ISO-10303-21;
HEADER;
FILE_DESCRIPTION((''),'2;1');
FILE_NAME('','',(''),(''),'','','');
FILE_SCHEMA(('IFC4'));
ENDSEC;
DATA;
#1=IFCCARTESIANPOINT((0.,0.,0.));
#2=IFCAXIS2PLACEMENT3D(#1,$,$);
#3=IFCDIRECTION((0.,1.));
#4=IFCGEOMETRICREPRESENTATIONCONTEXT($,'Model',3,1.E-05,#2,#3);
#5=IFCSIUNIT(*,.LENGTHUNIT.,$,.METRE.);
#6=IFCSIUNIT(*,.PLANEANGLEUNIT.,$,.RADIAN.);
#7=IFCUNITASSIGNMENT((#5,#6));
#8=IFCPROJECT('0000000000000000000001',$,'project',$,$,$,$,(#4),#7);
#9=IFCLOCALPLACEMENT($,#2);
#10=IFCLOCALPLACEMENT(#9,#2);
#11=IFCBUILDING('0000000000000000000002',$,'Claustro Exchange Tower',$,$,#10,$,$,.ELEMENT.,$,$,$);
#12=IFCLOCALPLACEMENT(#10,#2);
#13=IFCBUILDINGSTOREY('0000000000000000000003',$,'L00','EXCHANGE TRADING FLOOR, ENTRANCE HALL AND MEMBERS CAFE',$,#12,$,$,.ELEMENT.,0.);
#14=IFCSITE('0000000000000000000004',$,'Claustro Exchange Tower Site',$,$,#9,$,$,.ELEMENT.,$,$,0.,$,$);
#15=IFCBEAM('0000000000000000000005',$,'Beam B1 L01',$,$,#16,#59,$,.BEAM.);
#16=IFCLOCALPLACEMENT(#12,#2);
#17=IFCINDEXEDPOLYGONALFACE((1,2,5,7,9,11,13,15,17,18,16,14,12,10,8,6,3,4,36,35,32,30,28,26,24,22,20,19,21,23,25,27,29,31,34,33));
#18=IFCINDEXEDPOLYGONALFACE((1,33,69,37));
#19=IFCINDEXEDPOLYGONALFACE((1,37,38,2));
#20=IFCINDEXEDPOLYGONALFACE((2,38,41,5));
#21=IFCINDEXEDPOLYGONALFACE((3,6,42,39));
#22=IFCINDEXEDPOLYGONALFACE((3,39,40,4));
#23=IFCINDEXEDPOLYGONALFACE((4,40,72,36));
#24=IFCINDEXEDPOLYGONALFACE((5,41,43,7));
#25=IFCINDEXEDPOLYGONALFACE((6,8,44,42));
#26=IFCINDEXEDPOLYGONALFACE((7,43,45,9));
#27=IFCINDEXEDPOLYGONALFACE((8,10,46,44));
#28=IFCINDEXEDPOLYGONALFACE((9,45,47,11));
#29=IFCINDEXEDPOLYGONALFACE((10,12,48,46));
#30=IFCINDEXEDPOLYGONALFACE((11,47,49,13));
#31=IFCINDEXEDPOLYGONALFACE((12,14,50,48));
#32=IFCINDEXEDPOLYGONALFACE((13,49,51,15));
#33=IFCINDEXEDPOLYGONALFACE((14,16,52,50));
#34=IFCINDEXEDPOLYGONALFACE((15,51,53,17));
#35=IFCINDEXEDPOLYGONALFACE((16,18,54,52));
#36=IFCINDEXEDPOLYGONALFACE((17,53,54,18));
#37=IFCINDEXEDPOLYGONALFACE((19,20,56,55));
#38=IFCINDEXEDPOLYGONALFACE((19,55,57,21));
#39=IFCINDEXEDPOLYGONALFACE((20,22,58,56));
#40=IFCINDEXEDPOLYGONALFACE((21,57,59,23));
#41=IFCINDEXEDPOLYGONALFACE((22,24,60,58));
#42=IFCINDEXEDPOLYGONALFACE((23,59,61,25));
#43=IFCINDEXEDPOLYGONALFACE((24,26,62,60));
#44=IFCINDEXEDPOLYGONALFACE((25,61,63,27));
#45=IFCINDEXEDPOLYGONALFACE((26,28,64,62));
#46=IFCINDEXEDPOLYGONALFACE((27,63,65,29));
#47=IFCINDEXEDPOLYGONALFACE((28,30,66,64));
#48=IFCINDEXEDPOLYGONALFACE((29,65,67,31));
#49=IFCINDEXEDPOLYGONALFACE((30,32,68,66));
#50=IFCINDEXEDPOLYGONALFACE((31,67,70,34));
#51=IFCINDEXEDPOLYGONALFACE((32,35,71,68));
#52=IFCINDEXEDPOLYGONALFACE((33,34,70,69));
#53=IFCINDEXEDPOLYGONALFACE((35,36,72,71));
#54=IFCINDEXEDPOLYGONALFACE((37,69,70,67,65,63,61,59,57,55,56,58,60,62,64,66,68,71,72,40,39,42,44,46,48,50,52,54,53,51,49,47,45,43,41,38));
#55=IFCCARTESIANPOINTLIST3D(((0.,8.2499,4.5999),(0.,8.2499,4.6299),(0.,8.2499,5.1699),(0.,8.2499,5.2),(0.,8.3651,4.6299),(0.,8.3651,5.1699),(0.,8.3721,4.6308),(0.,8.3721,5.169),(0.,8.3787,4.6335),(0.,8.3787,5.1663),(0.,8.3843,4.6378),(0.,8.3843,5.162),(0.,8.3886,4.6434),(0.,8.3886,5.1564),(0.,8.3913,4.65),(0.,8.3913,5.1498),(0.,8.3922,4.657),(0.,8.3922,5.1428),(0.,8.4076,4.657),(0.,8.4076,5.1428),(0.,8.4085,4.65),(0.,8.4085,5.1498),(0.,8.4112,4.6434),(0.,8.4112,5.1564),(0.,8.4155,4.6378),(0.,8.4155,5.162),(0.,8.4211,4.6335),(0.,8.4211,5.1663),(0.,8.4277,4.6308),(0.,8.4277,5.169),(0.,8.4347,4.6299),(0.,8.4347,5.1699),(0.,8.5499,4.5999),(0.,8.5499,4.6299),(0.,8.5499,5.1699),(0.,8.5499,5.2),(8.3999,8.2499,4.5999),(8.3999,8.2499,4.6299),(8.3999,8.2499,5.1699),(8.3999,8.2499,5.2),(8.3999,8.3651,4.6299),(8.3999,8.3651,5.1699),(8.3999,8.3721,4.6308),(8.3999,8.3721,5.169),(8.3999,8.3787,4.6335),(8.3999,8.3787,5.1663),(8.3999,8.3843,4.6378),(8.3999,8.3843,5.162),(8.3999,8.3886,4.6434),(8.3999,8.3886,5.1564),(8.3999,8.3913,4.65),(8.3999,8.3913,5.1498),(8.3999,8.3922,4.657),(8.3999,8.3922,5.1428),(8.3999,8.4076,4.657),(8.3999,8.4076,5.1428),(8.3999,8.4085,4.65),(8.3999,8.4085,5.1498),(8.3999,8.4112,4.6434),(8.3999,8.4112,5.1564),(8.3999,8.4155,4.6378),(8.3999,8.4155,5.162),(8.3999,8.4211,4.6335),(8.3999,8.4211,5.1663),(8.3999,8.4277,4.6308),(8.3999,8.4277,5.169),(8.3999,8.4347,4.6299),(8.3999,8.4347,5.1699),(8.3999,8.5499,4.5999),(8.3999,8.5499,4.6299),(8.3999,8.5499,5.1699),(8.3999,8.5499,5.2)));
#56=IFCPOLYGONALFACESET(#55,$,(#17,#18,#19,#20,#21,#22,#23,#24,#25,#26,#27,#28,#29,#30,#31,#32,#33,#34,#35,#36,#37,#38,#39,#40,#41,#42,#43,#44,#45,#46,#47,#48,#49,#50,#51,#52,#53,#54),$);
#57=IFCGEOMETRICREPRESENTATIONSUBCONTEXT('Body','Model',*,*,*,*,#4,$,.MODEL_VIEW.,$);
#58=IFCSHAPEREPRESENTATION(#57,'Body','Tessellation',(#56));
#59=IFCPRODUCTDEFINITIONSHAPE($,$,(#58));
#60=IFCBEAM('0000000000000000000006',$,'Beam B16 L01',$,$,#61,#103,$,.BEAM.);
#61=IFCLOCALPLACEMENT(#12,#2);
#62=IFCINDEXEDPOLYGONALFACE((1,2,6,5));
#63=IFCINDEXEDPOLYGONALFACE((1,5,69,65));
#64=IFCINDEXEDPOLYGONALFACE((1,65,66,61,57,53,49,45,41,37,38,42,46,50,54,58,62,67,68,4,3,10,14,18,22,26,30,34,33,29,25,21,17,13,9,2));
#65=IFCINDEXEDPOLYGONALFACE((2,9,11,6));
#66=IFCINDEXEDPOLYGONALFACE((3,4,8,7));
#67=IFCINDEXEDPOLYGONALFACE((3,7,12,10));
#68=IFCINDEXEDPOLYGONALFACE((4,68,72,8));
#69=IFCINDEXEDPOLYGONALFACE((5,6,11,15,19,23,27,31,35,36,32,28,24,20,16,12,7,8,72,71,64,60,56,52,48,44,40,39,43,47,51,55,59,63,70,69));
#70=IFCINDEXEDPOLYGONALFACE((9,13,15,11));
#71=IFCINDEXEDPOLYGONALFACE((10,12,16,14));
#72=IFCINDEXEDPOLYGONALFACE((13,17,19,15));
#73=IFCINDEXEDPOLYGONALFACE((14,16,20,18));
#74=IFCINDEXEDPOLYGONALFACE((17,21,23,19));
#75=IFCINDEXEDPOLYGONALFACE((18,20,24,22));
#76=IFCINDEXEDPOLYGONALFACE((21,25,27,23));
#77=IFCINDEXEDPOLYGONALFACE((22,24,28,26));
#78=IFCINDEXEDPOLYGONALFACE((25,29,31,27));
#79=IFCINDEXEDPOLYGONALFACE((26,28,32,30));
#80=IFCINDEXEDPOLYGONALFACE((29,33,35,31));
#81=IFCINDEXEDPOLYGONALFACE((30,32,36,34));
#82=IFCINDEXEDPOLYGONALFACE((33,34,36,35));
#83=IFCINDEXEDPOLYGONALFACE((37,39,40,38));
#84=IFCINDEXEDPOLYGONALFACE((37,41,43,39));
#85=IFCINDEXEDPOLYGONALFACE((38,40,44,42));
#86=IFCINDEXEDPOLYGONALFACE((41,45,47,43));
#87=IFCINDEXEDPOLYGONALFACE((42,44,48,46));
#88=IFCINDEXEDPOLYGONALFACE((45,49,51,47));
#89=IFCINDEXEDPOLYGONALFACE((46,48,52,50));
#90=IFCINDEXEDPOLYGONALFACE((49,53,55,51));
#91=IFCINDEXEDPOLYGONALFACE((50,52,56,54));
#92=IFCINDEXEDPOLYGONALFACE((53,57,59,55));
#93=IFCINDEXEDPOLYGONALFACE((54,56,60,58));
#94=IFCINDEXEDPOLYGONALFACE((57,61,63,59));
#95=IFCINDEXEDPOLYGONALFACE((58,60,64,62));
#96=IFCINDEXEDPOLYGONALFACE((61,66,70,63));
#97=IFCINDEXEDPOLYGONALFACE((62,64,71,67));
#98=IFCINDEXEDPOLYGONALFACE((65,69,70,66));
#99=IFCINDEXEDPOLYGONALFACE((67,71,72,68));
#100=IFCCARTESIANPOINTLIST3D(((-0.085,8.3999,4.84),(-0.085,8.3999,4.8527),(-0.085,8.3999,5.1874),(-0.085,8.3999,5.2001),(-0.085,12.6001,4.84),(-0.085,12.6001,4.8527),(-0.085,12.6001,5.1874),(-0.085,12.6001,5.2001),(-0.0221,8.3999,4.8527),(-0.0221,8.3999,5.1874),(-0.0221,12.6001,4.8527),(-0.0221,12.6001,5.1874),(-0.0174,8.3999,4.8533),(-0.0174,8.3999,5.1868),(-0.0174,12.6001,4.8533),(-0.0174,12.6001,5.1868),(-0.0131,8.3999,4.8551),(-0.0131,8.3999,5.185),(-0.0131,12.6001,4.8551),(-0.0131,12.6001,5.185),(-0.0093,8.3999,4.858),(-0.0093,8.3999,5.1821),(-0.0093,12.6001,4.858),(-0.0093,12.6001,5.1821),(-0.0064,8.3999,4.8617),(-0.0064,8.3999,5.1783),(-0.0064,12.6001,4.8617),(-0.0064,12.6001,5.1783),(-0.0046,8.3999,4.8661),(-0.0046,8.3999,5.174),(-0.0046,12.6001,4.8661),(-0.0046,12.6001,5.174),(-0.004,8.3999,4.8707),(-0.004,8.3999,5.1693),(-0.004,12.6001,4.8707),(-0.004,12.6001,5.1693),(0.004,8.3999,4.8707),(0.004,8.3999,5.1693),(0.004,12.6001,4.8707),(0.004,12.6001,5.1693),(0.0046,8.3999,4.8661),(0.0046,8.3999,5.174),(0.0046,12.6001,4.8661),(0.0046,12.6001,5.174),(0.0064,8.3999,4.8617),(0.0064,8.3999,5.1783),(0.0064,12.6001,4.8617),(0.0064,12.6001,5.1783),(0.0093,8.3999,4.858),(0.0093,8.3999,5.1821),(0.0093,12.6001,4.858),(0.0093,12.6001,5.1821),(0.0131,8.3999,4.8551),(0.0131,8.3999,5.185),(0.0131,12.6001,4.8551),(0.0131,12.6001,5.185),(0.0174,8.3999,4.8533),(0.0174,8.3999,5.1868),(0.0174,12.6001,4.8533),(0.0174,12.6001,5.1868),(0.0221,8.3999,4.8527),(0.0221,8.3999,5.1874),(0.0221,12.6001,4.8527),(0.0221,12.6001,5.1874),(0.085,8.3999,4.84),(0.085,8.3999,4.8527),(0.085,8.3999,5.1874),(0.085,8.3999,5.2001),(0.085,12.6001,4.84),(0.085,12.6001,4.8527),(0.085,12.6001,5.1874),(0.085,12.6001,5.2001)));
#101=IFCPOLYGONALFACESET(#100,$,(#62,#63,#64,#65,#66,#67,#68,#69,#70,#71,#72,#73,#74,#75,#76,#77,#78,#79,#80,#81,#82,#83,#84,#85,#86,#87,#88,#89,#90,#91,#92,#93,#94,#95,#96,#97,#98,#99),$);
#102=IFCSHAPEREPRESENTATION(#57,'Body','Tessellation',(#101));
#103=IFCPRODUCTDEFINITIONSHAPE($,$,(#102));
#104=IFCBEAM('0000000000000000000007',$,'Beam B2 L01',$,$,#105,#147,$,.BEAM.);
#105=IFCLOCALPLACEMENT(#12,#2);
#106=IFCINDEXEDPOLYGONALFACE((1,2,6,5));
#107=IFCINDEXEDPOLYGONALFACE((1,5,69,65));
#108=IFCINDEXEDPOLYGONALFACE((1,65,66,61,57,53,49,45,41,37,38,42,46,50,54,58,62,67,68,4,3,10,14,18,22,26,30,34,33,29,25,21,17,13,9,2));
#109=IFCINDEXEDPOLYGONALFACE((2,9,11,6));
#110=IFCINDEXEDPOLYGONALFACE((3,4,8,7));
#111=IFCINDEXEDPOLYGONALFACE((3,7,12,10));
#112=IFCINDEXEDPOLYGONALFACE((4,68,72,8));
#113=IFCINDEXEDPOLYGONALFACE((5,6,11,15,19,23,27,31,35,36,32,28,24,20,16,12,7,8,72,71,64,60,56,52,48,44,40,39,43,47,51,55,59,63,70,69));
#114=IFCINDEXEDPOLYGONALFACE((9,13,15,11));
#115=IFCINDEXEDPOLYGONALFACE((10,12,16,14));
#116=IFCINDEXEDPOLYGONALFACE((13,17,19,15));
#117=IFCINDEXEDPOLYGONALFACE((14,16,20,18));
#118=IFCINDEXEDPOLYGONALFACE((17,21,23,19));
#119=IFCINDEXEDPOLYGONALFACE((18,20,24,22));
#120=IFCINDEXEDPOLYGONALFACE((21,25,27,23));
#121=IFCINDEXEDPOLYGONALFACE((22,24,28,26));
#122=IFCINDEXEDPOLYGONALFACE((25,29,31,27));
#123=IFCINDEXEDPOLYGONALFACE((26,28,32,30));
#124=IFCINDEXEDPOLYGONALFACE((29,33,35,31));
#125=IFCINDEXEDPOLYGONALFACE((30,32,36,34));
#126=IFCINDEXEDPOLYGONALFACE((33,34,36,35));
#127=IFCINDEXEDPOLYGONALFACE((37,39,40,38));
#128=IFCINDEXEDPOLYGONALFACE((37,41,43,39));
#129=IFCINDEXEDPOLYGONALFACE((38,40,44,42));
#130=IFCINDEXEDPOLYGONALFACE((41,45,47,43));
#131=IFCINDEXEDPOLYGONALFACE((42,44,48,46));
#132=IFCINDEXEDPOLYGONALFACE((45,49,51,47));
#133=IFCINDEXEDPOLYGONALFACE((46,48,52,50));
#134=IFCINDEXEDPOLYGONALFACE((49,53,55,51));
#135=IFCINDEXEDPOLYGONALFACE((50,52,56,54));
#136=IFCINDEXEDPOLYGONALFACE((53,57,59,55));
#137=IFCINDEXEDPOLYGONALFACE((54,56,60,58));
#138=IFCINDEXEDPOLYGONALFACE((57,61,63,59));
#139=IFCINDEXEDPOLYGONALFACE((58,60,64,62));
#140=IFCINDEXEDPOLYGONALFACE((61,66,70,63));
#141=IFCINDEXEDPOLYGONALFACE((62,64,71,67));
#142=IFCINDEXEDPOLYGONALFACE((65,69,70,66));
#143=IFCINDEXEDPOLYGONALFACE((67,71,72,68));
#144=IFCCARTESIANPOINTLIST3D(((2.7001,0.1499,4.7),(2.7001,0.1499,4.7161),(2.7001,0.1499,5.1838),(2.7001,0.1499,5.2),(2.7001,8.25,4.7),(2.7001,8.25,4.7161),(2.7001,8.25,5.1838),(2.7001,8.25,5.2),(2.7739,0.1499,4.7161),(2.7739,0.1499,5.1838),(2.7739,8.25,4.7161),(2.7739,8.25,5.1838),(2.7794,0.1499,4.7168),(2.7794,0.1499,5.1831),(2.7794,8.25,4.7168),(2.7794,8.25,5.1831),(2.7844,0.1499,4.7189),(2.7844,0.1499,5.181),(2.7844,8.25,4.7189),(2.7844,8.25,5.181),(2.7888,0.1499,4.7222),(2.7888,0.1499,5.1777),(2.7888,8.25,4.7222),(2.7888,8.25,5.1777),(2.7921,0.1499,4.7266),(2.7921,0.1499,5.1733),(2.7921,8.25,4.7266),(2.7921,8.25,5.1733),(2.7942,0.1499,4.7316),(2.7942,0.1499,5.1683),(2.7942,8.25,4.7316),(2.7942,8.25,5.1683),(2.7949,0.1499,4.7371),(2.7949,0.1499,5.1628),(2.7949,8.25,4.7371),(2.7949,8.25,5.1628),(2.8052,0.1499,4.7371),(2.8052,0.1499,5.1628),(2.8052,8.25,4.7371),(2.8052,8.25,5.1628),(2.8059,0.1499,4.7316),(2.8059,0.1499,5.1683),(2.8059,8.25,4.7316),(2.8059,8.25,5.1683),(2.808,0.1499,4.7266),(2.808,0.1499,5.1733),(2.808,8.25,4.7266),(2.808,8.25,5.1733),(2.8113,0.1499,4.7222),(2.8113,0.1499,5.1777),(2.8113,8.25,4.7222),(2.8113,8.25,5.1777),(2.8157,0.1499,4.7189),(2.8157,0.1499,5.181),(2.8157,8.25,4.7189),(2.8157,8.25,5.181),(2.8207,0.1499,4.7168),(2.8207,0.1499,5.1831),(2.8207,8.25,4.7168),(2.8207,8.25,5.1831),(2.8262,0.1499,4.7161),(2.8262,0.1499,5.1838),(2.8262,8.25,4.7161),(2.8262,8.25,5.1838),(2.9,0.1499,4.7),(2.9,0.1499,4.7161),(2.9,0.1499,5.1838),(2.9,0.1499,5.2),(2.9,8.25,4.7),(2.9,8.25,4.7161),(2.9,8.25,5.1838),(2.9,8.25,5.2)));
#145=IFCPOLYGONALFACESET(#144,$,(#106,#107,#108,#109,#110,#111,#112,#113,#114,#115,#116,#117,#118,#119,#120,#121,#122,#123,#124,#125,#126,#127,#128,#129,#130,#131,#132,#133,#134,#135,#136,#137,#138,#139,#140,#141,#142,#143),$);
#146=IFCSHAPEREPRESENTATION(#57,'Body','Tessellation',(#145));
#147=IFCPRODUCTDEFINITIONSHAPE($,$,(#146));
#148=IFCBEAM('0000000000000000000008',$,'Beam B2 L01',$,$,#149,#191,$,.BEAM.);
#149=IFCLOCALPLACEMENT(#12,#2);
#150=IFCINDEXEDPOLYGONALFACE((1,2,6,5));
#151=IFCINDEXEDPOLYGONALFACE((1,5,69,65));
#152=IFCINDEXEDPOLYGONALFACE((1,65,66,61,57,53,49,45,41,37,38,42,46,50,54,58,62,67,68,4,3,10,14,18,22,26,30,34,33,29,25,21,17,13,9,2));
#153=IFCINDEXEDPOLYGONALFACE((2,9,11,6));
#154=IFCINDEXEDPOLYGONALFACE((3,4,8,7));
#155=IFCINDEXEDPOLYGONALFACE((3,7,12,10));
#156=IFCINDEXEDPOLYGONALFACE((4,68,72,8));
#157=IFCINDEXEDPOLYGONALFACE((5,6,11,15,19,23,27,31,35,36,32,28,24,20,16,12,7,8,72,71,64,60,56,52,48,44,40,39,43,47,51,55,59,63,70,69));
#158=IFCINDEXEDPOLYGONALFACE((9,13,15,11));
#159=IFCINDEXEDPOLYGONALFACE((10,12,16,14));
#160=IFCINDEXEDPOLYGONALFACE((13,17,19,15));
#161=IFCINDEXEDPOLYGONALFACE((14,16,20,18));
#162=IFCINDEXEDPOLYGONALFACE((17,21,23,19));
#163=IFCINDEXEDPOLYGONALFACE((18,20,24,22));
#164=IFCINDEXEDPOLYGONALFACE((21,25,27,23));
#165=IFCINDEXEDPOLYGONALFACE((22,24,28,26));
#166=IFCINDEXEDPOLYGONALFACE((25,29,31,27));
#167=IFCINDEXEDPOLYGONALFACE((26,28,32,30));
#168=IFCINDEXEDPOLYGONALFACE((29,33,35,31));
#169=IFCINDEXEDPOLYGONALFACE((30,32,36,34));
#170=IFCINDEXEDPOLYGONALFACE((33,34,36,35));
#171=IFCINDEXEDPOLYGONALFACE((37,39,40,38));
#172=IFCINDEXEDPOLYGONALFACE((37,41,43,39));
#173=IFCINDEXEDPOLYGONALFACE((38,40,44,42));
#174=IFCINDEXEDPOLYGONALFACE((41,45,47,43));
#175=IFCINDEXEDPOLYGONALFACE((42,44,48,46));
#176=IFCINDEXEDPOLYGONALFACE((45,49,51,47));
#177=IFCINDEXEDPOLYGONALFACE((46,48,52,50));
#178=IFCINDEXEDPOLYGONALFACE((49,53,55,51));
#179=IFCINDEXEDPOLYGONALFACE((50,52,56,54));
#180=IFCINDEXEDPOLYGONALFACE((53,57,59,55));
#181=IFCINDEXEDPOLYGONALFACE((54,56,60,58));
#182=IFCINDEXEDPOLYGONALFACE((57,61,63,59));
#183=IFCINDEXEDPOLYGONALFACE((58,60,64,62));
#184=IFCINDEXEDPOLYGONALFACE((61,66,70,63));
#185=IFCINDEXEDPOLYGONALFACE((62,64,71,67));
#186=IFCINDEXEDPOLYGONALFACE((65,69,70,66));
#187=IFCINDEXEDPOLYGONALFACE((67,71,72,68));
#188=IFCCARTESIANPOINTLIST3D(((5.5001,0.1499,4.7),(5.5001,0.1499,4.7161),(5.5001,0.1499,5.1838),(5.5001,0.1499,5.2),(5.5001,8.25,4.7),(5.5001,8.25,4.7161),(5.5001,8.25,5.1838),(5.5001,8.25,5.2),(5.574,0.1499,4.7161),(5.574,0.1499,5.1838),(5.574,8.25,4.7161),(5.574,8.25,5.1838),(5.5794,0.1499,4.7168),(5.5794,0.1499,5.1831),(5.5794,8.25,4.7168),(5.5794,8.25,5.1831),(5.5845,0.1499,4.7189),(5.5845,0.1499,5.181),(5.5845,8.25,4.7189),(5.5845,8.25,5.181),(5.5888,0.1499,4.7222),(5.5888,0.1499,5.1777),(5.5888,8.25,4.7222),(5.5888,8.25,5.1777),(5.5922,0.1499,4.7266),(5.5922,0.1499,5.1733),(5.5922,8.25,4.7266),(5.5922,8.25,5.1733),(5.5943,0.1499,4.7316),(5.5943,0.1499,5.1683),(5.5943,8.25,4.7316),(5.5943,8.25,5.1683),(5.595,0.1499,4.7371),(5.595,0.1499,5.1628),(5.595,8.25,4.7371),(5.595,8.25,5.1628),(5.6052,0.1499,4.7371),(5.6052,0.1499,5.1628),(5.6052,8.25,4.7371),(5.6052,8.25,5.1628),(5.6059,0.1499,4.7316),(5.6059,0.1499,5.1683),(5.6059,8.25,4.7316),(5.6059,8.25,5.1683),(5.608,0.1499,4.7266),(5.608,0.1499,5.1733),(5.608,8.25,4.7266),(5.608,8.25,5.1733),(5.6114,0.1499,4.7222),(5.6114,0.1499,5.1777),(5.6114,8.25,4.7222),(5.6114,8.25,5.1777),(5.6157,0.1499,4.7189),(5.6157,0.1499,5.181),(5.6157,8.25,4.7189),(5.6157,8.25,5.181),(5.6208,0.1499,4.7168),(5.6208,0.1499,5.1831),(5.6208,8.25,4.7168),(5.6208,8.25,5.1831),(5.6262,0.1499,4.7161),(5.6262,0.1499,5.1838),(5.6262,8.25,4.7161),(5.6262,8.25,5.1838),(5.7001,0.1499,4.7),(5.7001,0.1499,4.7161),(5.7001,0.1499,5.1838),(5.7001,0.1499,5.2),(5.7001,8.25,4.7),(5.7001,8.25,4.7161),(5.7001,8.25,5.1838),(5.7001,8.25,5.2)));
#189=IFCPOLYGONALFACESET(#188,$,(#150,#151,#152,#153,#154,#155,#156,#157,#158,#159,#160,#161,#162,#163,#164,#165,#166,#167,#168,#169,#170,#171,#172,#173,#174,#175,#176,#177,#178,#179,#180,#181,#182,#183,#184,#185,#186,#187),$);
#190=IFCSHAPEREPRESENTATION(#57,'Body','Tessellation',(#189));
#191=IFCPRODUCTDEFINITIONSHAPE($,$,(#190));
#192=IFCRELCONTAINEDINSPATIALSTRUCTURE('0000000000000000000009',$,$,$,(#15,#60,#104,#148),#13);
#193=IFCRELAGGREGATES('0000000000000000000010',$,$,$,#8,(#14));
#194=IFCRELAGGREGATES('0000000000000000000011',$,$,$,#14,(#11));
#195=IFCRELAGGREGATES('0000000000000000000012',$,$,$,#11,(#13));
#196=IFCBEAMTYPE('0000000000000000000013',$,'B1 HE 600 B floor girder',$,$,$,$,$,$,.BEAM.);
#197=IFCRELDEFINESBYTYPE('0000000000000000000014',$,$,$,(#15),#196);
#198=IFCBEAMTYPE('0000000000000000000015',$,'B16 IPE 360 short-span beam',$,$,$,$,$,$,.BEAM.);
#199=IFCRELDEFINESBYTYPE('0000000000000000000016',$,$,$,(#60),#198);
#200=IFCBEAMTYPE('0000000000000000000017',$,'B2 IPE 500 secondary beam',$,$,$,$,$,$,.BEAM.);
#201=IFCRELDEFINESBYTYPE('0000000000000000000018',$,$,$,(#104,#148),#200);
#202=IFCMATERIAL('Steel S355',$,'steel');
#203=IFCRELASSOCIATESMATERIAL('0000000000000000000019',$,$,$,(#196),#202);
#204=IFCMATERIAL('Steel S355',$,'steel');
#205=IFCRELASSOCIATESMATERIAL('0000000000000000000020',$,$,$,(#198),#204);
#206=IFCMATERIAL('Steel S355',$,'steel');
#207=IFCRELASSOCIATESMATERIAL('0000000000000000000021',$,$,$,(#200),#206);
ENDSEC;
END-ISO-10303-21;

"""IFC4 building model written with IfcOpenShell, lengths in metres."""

from ifc_helpers import new_model, si_unit, direction, frame, origin, origin_2d, place, context, subcontext, project, spatial, i_section, extrude, material, material_profile, profile_set, type_object, element, save


model = new_model("IFC4")

# Units and contexts
model_context = context("Model", 3, precision=1e-05, world=origin(), true_north=direction((0.0, 1.0)))
body_context = subcontext(model_context, "Body", "Model", "MODEL_VIEW")
ifc_project = project(units=[si_unit("LENGTHUNIT", "METRE"), si_unit("PLANEANGLEUNIT", "RADIAN")], contexts=[model_context])

# Site, building, storey
site_placement = place(None, origin())
site = spatial("IfcSite", under=ifc_project, at=site_placement, Name="Claustro Exchange Tower Site", CompositionType="ELEMENT", RefElevation=0.0)
building_placement = place(site_placement, origin())
building = spatial("IfcBuilding", under=site, at=building_placement, Name="Claustro Exchange Tower", CompositionType="ELEMENT")
storey_placement = place(building_placement, origin())
storey = spatial("IfcBuildingStorey", under=building, at=storey_placement, Name="L00", Description="EXCHANGE TRADING FLOOR, ENTRANCE HALL AND MEMBERS CAFE", CompositionType="ELEMENT", Elevation=0.0)

# Beams
ifc_material_1 = material(Name="Steel S355", Category="steel")
ifc_material_profile_1 = material_profile(ifc_material_1, i_section(OverallWidth=0.3, OverallDepth=0.6001, WebThickness=0.0154, FlangeThickness=0.03, FilletRadius=0.0271, at=origin_2d()), Name="HE 600 B")
ifc_profile_set_1 = profile_set([ifc_material_profile_1], Name="Steel S355")
beam_type_1 = type_object("IfcBeamType", Name="B1 HE 600 B floor girder", PredefinedType="BEAM", material=ifc_profile_set_1)
beam_1_placement = place(storey_placement, frame((0.0, 8.3999, 4.8999), z_axis=(1.0, 0.0, 0.0), x_axis=(0.0, 1.0, 0.0)))
element("IfcBeam", 1, at=beam_1_placement, inside=storey, type_object=beam_type_1, Name="Beam B1 L01", PredefinedType="BEAM", context=body_context, shape_type="SweptSolid", body=[
    extrude(i_section(OverallWidth=0.3, OverallDepth=0.6001, WebThickness=0.0154, FlangeThickness=0.03, FilletRadius=0.0271, at=origin_2d()), origin(), (0.0, 0.0, 1.0), 8.3999),
])
ifc_material_2 = material(Name="Steel S355", Category="steel")
ifc_material_profile_2 = material_profile(ifc_material_2, i_section(OverallWidth=0.1699, OverallDepth=0.3601, WebThickness=0.0081, FlangeThickness=0.0127, FilletRadius=0.0181, at=origin_2d()), Name="IPE 360")
ifc_profile_set_2 = profile_set([ifc_material_profile_2], Name="Steel S355")
beam_type_2 = type_object("IfcBeamType", Name="B16 IPE 360 short-span beam", PredefinedType="BEAM", material=ifc_profile_set_2)
beam_2_placement = place(storey_placement, frame((0.0, 8.3999, 5.02), z_axis=(0.0, 1.0, 0.0), x_axis=(-1.0, 0.0, 0.0)))
element("IfcBeam", 2, at=beam_2_placement, inside=storey, type_object=beam_type_2, Name="Beam B16 L01", PredefinedType="BEAM", context=body_context, shape_type="SweptSolid", body=[
    extrude(i_section(OverallWidth=0.1699, OverallDepth=0.3601, WebThickness=0.0081, FlangeThickness=0.0127, FilletRadius=0.0181, at=origin_2d()), origin(), (0.0, 0.0, 1.0), 4.2002),
])
ifc_material_3 = material(Name="Steel S355", Category="steel")
ifc_material_profile_3 = material_profile(ifc_material_3, i_section(OverallWidth=0.2, OverallDepth=0.5, WebThickness=0.0103, FlangeThickness=0.0161, FilletRadius=0.021, at=origin_2d()), Name="IPE 500")
ifc_profile_set_3 = profile_set([ifc_material_profile_3], Name="Steel S355")
beam_type_3 = type_object("IfcBeamType", Name="B2 IPE 500 secondary beam", PredefinedType="BEAM", material=ifc_profile_set_3)
for number, where, z_axis, x_axis, name in (
    (3, (2.8, 0.1499, 4.95), (0.0, 1.0, 0.0), (-1.0, 0.0, 0.0), "Beam B2 L01"),
    (4, (5.6001, 0.1499, 4.95), (0.0, 1.0, 0.0), (-1.0, 0.0, 0.0), "Beam B2 L01"),
):
    element("IfcBeam", number, at=place(storey_placement, frame(where, z_axis=z_axis, x_axis=x_axis)), inside=storey, type_object=beam_type_3, Name=name, PredefinedType="BEAM", context=body_context, shape_type="SweptSolid", body=[
        extrude(i_section(OverallWidth=0.2, OverallDepth=0.5, WebThickness=0.0103, FlangeThickness=0.0161, FilletRadius=0.021, at=origin_2d()), origin(), (0.0, 0.0, 1.0), 8.1001),
    ])

save(model, "model.ifc")
